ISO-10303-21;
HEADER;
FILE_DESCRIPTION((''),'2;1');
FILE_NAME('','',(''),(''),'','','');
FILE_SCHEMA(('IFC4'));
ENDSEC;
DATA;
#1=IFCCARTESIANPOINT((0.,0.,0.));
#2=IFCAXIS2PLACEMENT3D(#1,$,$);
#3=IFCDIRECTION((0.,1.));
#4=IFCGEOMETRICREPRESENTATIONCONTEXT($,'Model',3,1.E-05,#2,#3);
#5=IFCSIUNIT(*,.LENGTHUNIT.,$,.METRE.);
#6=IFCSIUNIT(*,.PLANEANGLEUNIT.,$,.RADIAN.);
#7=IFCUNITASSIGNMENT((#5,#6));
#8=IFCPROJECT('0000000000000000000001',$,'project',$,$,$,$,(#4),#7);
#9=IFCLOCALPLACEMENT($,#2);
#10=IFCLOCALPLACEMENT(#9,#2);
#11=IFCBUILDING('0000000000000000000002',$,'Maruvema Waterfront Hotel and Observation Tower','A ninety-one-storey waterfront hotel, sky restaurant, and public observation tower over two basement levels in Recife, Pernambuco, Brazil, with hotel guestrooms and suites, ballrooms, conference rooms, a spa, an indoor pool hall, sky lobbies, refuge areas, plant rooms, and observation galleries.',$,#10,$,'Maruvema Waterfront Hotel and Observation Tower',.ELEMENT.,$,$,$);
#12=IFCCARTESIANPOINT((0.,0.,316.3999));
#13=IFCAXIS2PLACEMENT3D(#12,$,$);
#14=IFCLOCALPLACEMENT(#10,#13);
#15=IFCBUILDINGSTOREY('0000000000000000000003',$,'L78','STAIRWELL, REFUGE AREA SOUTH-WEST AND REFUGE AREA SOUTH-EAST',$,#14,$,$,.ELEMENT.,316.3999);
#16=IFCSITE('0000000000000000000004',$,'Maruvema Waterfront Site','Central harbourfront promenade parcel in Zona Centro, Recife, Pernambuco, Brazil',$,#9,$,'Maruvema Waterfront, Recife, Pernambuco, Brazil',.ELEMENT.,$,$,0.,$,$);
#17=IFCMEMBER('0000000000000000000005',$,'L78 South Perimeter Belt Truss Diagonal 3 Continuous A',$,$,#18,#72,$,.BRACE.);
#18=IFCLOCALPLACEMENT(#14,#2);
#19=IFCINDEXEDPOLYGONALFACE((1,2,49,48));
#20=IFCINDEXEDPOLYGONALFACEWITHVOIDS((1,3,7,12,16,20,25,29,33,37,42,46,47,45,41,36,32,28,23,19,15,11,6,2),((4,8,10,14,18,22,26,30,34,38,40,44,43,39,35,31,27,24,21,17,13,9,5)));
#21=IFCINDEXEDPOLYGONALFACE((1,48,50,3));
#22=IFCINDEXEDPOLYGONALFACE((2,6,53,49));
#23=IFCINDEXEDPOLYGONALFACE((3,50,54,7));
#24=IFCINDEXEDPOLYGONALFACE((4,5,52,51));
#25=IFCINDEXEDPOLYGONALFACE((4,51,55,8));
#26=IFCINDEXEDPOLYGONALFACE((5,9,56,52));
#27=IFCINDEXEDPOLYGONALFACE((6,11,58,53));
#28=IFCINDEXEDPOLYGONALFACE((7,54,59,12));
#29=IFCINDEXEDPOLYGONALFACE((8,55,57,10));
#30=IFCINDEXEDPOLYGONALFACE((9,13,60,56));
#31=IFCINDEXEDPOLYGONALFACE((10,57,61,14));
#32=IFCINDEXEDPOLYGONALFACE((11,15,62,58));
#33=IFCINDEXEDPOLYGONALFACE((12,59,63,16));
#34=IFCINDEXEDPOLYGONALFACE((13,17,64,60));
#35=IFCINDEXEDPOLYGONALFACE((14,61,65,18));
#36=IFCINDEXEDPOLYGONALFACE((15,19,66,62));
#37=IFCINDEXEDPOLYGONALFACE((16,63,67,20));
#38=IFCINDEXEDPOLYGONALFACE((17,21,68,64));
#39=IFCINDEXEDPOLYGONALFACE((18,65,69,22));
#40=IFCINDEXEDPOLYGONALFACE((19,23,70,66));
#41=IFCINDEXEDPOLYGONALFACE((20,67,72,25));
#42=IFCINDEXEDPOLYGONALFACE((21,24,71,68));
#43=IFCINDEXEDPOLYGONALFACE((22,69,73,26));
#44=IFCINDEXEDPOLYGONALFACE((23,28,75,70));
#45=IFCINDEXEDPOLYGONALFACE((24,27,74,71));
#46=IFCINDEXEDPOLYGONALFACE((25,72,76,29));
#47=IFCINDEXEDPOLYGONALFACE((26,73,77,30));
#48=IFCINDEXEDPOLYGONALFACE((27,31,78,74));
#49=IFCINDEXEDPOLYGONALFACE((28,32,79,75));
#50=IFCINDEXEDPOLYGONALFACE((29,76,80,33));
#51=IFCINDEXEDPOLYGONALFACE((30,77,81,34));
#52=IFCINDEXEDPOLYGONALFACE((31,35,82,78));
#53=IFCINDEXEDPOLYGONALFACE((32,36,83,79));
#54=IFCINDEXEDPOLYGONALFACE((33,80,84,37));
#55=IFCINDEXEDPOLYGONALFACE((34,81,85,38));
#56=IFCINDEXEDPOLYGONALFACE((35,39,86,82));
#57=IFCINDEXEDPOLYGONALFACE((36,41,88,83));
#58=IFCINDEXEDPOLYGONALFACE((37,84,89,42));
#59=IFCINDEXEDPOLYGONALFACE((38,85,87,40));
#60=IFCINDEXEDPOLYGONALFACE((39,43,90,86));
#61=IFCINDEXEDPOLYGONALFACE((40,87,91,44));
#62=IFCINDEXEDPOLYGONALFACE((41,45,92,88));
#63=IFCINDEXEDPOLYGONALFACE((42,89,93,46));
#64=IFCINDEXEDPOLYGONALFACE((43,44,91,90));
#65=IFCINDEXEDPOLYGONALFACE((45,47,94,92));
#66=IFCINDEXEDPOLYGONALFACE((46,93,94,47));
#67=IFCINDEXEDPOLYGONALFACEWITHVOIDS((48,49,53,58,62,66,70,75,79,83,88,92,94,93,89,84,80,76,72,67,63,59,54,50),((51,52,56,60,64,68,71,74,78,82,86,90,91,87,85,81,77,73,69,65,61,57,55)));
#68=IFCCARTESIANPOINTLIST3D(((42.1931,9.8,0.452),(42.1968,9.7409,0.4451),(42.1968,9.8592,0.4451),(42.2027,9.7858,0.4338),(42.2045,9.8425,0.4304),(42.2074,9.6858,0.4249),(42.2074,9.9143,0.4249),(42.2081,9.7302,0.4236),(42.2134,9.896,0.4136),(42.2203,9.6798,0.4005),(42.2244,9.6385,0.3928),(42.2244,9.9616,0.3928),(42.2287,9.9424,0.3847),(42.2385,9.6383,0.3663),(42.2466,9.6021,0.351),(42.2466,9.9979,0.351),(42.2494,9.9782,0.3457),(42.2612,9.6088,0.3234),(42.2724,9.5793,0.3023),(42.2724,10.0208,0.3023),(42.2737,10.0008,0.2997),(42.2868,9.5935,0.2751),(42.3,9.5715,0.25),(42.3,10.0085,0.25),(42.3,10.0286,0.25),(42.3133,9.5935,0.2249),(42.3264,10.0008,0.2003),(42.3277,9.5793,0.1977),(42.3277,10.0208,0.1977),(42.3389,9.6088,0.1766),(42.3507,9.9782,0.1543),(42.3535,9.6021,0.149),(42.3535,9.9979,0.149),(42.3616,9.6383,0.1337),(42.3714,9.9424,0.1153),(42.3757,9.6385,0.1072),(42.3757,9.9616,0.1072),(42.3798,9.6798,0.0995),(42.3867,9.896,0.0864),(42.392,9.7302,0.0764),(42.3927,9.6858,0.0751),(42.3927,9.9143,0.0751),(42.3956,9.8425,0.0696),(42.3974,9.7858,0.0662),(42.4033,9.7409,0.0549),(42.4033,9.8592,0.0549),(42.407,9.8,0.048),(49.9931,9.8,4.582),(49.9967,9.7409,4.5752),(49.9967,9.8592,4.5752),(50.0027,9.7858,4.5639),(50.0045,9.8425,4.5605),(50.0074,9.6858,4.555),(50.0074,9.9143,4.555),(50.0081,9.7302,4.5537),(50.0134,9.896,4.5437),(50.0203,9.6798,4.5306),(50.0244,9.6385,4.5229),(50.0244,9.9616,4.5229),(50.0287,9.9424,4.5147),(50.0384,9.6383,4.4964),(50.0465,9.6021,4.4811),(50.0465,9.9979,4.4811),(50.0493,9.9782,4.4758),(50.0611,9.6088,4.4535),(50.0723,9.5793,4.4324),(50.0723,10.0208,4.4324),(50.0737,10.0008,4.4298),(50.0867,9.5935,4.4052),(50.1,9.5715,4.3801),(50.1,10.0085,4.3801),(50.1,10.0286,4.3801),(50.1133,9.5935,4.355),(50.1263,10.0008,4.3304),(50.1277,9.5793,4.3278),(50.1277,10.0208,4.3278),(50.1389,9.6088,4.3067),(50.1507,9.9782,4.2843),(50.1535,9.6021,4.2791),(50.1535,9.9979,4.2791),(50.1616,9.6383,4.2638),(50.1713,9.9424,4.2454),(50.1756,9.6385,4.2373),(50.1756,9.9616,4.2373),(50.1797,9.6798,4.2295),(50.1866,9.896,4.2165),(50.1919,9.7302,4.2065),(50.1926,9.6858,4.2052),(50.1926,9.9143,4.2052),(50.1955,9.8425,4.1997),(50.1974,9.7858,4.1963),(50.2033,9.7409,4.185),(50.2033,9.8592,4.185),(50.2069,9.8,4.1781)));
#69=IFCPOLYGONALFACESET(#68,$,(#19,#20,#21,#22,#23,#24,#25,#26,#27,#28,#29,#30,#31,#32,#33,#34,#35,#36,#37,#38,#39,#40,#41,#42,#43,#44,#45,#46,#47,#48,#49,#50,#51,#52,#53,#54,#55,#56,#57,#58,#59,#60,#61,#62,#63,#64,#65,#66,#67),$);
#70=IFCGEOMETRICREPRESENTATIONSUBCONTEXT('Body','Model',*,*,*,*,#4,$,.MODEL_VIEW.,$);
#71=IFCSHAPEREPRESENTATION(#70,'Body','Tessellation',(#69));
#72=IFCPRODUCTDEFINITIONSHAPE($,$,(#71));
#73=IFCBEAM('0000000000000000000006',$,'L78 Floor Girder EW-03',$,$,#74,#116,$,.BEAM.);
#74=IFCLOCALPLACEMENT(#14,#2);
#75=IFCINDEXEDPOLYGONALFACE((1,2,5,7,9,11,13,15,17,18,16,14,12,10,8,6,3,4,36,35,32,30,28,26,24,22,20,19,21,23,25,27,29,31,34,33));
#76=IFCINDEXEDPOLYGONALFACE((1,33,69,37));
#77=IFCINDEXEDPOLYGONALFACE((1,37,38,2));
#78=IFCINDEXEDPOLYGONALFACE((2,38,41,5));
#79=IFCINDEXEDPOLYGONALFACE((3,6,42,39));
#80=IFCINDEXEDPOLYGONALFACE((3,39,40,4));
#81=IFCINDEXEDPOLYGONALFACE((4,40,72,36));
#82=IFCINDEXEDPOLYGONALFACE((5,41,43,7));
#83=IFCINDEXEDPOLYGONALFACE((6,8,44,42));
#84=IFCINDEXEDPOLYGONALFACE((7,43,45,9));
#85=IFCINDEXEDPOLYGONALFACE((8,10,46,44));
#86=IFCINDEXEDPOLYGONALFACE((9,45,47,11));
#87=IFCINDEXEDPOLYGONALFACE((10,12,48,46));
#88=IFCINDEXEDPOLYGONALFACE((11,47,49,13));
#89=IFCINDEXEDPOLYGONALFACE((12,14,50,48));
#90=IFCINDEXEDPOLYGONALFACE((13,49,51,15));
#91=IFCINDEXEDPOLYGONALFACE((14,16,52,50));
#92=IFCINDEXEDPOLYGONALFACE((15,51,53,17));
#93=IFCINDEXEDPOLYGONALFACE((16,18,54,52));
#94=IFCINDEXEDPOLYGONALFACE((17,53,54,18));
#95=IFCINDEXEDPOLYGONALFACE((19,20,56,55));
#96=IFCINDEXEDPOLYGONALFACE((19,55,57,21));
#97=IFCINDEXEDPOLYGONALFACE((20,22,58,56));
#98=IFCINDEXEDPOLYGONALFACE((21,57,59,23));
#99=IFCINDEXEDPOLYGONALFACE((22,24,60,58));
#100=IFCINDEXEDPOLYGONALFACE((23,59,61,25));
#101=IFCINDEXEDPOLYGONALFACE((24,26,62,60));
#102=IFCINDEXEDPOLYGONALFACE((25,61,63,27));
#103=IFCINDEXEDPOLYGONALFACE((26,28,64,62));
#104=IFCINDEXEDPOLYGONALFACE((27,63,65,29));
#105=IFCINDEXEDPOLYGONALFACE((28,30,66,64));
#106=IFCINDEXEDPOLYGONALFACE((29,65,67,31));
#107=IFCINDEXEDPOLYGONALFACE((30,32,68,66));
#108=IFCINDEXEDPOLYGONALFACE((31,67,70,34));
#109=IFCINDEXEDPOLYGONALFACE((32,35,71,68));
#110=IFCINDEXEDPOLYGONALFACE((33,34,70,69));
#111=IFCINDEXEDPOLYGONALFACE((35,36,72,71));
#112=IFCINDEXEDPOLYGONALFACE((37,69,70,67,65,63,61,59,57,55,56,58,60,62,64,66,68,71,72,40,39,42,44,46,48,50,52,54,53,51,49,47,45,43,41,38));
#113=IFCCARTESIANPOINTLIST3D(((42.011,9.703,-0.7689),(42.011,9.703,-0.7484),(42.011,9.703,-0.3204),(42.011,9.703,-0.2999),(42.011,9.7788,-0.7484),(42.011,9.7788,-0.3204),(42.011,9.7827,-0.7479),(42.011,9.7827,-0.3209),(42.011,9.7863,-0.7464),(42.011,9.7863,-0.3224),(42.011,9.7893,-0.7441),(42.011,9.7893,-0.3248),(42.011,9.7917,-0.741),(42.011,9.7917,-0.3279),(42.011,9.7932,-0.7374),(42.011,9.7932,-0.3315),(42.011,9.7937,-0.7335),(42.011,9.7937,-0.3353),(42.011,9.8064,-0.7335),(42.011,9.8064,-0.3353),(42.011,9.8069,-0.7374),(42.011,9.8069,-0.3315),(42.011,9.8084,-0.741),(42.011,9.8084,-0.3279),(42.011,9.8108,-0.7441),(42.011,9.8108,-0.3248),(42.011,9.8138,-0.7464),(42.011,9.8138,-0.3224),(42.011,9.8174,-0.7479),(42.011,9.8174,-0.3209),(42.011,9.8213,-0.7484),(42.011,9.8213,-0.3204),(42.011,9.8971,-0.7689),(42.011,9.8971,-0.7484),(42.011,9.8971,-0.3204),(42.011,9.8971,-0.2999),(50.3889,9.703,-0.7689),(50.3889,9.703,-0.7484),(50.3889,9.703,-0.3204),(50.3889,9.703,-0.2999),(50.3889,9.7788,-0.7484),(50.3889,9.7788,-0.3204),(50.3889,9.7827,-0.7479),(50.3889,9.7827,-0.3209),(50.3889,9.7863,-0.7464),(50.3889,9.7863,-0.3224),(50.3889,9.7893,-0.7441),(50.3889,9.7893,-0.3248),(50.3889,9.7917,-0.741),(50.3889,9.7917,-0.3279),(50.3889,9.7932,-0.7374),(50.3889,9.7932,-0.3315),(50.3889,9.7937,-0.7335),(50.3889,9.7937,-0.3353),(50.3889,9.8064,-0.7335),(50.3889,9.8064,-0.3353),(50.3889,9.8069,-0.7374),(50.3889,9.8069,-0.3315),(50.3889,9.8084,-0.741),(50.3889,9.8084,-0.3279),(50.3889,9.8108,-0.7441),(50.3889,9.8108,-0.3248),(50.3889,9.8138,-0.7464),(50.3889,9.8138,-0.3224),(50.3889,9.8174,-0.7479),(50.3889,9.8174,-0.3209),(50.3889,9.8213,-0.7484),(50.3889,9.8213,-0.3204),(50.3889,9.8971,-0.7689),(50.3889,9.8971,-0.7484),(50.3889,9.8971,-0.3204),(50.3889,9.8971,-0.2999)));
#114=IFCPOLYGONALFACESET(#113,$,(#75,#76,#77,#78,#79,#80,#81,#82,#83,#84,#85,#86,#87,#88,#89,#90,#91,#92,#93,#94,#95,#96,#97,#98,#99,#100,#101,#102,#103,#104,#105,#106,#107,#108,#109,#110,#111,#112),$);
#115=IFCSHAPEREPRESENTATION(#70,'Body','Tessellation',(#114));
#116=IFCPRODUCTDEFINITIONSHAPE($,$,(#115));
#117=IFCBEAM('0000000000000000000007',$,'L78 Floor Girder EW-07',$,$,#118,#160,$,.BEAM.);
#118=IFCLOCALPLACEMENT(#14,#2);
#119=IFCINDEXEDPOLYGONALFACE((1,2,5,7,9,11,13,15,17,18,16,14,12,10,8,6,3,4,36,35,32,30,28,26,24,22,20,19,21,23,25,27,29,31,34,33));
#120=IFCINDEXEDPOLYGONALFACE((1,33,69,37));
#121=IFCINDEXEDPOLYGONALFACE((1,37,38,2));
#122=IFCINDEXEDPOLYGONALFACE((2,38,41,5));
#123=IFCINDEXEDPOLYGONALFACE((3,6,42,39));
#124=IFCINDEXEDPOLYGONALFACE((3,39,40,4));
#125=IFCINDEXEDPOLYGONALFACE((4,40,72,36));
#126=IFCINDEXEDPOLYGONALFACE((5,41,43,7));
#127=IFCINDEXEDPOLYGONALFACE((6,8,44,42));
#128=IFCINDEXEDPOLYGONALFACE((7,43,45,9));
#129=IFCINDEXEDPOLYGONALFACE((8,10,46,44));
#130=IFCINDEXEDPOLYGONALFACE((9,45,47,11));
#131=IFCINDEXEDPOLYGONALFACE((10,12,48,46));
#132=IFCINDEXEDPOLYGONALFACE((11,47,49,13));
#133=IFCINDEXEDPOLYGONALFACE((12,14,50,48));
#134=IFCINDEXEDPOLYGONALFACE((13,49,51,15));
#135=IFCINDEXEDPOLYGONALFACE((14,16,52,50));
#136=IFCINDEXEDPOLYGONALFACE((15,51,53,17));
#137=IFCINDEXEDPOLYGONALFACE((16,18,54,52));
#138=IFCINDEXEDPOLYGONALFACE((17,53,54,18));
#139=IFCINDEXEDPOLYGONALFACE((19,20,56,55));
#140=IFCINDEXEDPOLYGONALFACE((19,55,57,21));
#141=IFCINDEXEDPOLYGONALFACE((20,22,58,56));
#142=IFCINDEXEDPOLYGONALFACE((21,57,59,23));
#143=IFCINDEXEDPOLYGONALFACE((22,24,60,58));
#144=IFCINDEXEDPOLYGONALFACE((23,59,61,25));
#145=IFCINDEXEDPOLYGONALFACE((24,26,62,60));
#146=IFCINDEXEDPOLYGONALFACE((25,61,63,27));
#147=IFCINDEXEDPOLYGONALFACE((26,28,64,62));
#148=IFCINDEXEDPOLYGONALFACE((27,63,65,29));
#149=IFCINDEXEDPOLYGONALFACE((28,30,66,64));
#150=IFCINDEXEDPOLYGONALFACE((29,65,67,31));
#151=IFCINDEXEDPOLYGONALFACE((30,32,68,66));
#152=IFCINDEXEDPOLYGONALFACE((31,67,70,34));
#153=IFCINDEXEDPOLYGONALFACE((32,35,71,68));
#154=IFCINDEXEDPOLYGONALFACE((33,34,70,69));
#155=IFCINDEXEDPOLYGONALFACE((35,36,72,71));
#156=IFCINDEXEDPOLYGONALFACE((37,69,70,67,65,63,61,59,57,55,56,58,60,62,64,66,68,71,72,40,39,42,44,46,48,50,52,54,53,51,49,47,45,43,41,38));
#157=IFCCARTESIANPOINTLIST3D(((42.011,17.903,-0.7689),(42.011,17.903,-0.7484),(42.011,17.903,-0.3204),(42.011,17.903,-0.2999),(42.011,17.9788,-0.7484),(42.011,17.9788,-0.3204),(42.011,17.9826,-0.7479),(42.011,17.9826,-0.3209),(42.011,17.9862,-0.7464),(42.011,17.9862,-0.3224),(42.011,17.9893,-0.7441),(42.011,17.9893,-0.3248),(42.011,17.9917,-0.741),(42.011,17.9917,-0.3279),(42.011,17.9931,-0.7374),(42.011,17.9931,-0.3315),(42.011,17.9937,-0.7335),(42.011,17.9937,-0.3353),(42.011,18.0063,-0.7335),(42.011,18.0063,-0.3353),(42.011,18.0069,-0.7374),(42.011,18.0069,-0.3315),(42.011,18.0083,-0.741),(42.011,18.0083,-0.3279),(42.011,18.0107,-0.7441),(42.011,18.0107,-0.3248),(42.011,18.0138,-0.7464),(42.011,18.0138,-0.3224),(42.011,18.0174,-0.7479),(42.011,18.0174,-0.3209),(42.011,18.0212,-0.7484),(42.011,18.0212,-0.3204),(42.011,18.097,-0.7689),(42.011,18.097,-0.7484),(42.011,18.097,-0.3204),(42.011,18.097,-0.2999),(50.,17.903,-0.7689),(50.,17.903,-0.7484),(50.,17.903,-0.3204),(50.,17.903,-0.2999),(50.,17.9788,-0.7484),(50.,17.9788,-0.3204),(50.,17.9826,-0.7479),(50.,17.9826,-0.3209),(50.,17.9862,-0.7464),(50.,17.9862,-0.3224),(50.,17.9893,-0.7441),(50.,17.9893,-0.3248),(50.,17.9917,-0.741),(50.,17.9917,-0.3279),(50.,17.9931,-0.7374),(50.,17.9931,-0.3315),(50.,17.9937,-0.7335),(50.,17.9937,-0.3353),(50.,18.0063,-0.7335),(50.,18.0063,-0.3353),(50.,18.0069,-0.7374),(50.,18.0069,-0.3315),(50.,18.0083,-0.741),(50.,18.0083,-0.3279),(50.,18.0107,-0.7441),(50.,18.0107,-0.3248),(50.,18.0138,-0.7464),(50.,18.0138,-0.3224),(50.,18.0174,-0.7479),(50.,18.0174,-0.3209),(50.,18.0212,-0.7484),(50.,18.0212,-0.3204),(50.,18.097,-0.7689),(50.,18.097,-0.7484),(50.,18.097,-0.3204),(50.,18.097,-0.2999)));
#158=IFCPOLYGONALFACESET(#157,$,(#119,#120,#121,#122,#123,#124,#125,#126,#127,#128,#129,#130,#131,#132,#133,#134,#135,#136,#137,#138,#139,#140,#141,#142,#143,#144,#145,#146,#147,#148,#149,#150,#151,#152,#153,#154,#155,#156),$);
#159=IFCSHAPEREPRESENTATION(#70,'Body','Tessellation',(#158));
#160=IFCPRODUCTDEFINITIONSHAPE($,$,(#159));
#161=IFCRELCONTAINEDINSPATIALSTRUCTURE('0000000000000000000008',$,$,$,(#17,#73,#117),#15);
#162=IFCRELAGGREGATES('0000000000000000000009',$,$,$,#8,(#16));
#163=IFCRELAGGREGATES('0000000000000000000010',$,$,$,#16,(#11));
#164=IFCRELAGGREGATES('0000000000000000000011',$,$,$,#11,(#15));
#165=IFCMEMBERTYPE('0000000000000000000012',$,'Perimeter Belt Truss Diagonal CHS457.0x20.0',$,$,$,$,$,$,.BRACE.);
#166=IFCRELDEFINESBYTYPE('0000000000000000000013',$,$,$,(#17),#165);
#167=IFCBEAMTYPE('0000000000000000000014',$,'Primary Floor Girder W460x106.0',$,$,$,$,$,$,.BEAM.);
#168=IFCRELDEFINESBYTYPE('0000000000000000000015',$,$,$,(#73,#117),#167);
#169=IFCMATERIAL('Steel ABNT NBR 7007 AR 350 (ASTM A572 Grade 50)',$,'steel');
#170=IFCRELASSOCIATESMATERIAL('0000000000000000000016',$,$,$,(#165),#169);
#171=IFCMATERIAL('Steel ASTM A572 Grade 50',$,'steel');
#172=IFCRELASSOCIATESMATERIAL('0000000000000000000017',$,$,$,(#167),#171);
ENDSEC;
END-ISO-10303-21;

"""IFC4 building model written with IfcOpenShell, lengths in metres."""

from ifc_helpers import new_model, si_unit, direction, frame, origin, origin_2d, place, context, subcontext, project, spatial, hollow_circle, i_section, extrude, material, material_profile, profile_set, type_object, element, save


model = new_model("IFC4")

# Units and contexts
model_context = context("Model", 3, precision=1e-05, world=origin(), true_north=direction((0.0, 1.0)))
body_context = subcontext(model_context, "Body", "Model", "MODEL_VIEW")
ifc_project = project(units=[si_unit("LENGTHUNIT", "METRE"), si_unit("PLANEANGLEUNIT", "RADIAN")], contexts=[model_context])

# Site, building, storey
site_placement = place(None, origin())
site = spatial("IfcSite", under=ifc_project, at=site_placement, Name="Maruvema Waterfront Site", Description="Central harbourfront promenade parcel in Zona Centro, Recife, Pernambuco, Brazil", LongName="Maruvema Waterfront, Recife, Pernambuco, Brazil", CompositionType="ELEMENT", RefElevation=0.0)
building_placement = place(site_placement, origin())
building = spatial("IfcBuilding", under=site, at=building_placement, Name="Maruvema Waterfront Hotel and Observation Tower", Description="A ninety-one-storey waterfront hotel, sky restaurant, and public observation tower over two basement levels in Recife, Pernambuco, Brazil, with hotel guestrooms and suites, ballrooms, conference rooms, a spa, an indoor pool hall, sky lobbies, refuge areas, plant rooms, and observation galleries.", LongName="Maruvema Waterfront Hotel and Observation Tower", CompositionType="ELEMENT")
storey_placement = place(building_placement, frame((0.0, 0.0, 316.3999)))
storey = spatial("IfcBuildingStorey", under=building, at=storey_placement, Name="L78", Description="STAIRWELL, REFUGE AREA SOUTH-WEST AND REFUGE AREA SOUTH-EAST", CompositionType="ELEMENT", Elevation=316.3999)

# Member
ifc_material_1 = material(Name="Steel ABNT NBR 7007 AR 350 (ASTM A572 Grade 50)", Category="steel")
ifc_material_profile_1 = material_profile(ifc_material_1, hollow_circle(Radius=0.2285, WallThickness=0.02, at=origin_2d()), Name="CHS457.0x20.0")
ifc_profile_set_1 = profile_set([ifc_material_profile_1], Name="Steel ABNT NBR 7007 AR 350 (ASTM A572 Grade 50)")
member_type_1 = type_object("IfcMemberType", Name="Perimeter Belt Truss Diagonal CHS457.0x20.0", PredefinedType="BRACE", material=ifc_profile_set_1)
member_placement = place(storey_placement, frame((42.3, 9.8, 0.25), z_axis=(0.883756, 0.0, 0.467949), x_axis=(0.0, 1.0, 0.0)))
element("IfcMember", 1, at=member_placement, inside=storey, type_object=member_type_1, Name="L78 South Perimeter Belt Truss Diagonal 3 Continuous A", PredefinedType="BRACE", context=body_context, shape_type="SweptSolid", body=[
    extrude(hollow_circle(Radius=0.2285, WallThickness=0.02, at=origin_2d()), origin(), (0.0, 0.0, 1.0), 8.8259),
])

# Beams
ifc_material_2 = material(Name="Steel ASTM A572 Grade 50", Category="steel")
ifc_material_profile_2 = material_profile(ifc_material_2, i_section(OverallWidth=0.1941, OverallDepth=0.469, WebThickness=0.0127, FlangeThickness=0.0205, FilletRadius=0.0149, at=origin_2d()), Name="W460x106.0")
ifc_profile_set_2 = profile_set([ifc_material_profile_2], Name="Steel ASTM A572 Grade 50")
beam_type_1 = type_object("IfcBeamType", Name="Primary Floor Girder W460x106.0", PredefinedType="BEAM", material=ifc_profile_set_2)
beam_1_placement = place(storey_placement, frame((42.011, 9.8, -0.5344), z_axis=(1.0, 0.0, 0.0), x_axis=(0.0, 1.0, 0.0)))
element("IfcBeam", 2, at=beam_1_placement, inside=storey, type_object=beam_type_1, Name="L78 Floor Girder EW-03", PredefinedType="BEAM", context=body_context, shape_type="SweptSolid", body=[
    extrude(i_section(OverallWidth=0.1941, OverallDepth=0.469, WebThickness=0.0127, FlangeThickness=0.0205, FilletRadius=0.0149, at=origin_2d()), origin(), (0.0, 0.0, 1.0), 8.3779),
])
beam_2_placement = place(storey_placement, frame((42.011, 18.0, -0.5344), z_axis=(1.0, 0.0, 0.0), x_axis=(0.0, 1.0, 0.0)))
element("IfcBeam", 3, at=beam_2_placement, inside=storey, type_object=beam_type_1, Name="L78 Floor Girder EW-07", PredefinedType="BEAM", context=body_context, shape_type="SweptSolid", body=[
    extrude(i_section(OverallWidth=0.1941, OverallDepth=0.469, WebThickness=0.0127, FlangeThickness=0.0205, FilletRadius=0.0149, at=origin_2d()), origin(), (0.0, 0.0, 1.0), 7.989),
])

save(model, "model.ifc")
